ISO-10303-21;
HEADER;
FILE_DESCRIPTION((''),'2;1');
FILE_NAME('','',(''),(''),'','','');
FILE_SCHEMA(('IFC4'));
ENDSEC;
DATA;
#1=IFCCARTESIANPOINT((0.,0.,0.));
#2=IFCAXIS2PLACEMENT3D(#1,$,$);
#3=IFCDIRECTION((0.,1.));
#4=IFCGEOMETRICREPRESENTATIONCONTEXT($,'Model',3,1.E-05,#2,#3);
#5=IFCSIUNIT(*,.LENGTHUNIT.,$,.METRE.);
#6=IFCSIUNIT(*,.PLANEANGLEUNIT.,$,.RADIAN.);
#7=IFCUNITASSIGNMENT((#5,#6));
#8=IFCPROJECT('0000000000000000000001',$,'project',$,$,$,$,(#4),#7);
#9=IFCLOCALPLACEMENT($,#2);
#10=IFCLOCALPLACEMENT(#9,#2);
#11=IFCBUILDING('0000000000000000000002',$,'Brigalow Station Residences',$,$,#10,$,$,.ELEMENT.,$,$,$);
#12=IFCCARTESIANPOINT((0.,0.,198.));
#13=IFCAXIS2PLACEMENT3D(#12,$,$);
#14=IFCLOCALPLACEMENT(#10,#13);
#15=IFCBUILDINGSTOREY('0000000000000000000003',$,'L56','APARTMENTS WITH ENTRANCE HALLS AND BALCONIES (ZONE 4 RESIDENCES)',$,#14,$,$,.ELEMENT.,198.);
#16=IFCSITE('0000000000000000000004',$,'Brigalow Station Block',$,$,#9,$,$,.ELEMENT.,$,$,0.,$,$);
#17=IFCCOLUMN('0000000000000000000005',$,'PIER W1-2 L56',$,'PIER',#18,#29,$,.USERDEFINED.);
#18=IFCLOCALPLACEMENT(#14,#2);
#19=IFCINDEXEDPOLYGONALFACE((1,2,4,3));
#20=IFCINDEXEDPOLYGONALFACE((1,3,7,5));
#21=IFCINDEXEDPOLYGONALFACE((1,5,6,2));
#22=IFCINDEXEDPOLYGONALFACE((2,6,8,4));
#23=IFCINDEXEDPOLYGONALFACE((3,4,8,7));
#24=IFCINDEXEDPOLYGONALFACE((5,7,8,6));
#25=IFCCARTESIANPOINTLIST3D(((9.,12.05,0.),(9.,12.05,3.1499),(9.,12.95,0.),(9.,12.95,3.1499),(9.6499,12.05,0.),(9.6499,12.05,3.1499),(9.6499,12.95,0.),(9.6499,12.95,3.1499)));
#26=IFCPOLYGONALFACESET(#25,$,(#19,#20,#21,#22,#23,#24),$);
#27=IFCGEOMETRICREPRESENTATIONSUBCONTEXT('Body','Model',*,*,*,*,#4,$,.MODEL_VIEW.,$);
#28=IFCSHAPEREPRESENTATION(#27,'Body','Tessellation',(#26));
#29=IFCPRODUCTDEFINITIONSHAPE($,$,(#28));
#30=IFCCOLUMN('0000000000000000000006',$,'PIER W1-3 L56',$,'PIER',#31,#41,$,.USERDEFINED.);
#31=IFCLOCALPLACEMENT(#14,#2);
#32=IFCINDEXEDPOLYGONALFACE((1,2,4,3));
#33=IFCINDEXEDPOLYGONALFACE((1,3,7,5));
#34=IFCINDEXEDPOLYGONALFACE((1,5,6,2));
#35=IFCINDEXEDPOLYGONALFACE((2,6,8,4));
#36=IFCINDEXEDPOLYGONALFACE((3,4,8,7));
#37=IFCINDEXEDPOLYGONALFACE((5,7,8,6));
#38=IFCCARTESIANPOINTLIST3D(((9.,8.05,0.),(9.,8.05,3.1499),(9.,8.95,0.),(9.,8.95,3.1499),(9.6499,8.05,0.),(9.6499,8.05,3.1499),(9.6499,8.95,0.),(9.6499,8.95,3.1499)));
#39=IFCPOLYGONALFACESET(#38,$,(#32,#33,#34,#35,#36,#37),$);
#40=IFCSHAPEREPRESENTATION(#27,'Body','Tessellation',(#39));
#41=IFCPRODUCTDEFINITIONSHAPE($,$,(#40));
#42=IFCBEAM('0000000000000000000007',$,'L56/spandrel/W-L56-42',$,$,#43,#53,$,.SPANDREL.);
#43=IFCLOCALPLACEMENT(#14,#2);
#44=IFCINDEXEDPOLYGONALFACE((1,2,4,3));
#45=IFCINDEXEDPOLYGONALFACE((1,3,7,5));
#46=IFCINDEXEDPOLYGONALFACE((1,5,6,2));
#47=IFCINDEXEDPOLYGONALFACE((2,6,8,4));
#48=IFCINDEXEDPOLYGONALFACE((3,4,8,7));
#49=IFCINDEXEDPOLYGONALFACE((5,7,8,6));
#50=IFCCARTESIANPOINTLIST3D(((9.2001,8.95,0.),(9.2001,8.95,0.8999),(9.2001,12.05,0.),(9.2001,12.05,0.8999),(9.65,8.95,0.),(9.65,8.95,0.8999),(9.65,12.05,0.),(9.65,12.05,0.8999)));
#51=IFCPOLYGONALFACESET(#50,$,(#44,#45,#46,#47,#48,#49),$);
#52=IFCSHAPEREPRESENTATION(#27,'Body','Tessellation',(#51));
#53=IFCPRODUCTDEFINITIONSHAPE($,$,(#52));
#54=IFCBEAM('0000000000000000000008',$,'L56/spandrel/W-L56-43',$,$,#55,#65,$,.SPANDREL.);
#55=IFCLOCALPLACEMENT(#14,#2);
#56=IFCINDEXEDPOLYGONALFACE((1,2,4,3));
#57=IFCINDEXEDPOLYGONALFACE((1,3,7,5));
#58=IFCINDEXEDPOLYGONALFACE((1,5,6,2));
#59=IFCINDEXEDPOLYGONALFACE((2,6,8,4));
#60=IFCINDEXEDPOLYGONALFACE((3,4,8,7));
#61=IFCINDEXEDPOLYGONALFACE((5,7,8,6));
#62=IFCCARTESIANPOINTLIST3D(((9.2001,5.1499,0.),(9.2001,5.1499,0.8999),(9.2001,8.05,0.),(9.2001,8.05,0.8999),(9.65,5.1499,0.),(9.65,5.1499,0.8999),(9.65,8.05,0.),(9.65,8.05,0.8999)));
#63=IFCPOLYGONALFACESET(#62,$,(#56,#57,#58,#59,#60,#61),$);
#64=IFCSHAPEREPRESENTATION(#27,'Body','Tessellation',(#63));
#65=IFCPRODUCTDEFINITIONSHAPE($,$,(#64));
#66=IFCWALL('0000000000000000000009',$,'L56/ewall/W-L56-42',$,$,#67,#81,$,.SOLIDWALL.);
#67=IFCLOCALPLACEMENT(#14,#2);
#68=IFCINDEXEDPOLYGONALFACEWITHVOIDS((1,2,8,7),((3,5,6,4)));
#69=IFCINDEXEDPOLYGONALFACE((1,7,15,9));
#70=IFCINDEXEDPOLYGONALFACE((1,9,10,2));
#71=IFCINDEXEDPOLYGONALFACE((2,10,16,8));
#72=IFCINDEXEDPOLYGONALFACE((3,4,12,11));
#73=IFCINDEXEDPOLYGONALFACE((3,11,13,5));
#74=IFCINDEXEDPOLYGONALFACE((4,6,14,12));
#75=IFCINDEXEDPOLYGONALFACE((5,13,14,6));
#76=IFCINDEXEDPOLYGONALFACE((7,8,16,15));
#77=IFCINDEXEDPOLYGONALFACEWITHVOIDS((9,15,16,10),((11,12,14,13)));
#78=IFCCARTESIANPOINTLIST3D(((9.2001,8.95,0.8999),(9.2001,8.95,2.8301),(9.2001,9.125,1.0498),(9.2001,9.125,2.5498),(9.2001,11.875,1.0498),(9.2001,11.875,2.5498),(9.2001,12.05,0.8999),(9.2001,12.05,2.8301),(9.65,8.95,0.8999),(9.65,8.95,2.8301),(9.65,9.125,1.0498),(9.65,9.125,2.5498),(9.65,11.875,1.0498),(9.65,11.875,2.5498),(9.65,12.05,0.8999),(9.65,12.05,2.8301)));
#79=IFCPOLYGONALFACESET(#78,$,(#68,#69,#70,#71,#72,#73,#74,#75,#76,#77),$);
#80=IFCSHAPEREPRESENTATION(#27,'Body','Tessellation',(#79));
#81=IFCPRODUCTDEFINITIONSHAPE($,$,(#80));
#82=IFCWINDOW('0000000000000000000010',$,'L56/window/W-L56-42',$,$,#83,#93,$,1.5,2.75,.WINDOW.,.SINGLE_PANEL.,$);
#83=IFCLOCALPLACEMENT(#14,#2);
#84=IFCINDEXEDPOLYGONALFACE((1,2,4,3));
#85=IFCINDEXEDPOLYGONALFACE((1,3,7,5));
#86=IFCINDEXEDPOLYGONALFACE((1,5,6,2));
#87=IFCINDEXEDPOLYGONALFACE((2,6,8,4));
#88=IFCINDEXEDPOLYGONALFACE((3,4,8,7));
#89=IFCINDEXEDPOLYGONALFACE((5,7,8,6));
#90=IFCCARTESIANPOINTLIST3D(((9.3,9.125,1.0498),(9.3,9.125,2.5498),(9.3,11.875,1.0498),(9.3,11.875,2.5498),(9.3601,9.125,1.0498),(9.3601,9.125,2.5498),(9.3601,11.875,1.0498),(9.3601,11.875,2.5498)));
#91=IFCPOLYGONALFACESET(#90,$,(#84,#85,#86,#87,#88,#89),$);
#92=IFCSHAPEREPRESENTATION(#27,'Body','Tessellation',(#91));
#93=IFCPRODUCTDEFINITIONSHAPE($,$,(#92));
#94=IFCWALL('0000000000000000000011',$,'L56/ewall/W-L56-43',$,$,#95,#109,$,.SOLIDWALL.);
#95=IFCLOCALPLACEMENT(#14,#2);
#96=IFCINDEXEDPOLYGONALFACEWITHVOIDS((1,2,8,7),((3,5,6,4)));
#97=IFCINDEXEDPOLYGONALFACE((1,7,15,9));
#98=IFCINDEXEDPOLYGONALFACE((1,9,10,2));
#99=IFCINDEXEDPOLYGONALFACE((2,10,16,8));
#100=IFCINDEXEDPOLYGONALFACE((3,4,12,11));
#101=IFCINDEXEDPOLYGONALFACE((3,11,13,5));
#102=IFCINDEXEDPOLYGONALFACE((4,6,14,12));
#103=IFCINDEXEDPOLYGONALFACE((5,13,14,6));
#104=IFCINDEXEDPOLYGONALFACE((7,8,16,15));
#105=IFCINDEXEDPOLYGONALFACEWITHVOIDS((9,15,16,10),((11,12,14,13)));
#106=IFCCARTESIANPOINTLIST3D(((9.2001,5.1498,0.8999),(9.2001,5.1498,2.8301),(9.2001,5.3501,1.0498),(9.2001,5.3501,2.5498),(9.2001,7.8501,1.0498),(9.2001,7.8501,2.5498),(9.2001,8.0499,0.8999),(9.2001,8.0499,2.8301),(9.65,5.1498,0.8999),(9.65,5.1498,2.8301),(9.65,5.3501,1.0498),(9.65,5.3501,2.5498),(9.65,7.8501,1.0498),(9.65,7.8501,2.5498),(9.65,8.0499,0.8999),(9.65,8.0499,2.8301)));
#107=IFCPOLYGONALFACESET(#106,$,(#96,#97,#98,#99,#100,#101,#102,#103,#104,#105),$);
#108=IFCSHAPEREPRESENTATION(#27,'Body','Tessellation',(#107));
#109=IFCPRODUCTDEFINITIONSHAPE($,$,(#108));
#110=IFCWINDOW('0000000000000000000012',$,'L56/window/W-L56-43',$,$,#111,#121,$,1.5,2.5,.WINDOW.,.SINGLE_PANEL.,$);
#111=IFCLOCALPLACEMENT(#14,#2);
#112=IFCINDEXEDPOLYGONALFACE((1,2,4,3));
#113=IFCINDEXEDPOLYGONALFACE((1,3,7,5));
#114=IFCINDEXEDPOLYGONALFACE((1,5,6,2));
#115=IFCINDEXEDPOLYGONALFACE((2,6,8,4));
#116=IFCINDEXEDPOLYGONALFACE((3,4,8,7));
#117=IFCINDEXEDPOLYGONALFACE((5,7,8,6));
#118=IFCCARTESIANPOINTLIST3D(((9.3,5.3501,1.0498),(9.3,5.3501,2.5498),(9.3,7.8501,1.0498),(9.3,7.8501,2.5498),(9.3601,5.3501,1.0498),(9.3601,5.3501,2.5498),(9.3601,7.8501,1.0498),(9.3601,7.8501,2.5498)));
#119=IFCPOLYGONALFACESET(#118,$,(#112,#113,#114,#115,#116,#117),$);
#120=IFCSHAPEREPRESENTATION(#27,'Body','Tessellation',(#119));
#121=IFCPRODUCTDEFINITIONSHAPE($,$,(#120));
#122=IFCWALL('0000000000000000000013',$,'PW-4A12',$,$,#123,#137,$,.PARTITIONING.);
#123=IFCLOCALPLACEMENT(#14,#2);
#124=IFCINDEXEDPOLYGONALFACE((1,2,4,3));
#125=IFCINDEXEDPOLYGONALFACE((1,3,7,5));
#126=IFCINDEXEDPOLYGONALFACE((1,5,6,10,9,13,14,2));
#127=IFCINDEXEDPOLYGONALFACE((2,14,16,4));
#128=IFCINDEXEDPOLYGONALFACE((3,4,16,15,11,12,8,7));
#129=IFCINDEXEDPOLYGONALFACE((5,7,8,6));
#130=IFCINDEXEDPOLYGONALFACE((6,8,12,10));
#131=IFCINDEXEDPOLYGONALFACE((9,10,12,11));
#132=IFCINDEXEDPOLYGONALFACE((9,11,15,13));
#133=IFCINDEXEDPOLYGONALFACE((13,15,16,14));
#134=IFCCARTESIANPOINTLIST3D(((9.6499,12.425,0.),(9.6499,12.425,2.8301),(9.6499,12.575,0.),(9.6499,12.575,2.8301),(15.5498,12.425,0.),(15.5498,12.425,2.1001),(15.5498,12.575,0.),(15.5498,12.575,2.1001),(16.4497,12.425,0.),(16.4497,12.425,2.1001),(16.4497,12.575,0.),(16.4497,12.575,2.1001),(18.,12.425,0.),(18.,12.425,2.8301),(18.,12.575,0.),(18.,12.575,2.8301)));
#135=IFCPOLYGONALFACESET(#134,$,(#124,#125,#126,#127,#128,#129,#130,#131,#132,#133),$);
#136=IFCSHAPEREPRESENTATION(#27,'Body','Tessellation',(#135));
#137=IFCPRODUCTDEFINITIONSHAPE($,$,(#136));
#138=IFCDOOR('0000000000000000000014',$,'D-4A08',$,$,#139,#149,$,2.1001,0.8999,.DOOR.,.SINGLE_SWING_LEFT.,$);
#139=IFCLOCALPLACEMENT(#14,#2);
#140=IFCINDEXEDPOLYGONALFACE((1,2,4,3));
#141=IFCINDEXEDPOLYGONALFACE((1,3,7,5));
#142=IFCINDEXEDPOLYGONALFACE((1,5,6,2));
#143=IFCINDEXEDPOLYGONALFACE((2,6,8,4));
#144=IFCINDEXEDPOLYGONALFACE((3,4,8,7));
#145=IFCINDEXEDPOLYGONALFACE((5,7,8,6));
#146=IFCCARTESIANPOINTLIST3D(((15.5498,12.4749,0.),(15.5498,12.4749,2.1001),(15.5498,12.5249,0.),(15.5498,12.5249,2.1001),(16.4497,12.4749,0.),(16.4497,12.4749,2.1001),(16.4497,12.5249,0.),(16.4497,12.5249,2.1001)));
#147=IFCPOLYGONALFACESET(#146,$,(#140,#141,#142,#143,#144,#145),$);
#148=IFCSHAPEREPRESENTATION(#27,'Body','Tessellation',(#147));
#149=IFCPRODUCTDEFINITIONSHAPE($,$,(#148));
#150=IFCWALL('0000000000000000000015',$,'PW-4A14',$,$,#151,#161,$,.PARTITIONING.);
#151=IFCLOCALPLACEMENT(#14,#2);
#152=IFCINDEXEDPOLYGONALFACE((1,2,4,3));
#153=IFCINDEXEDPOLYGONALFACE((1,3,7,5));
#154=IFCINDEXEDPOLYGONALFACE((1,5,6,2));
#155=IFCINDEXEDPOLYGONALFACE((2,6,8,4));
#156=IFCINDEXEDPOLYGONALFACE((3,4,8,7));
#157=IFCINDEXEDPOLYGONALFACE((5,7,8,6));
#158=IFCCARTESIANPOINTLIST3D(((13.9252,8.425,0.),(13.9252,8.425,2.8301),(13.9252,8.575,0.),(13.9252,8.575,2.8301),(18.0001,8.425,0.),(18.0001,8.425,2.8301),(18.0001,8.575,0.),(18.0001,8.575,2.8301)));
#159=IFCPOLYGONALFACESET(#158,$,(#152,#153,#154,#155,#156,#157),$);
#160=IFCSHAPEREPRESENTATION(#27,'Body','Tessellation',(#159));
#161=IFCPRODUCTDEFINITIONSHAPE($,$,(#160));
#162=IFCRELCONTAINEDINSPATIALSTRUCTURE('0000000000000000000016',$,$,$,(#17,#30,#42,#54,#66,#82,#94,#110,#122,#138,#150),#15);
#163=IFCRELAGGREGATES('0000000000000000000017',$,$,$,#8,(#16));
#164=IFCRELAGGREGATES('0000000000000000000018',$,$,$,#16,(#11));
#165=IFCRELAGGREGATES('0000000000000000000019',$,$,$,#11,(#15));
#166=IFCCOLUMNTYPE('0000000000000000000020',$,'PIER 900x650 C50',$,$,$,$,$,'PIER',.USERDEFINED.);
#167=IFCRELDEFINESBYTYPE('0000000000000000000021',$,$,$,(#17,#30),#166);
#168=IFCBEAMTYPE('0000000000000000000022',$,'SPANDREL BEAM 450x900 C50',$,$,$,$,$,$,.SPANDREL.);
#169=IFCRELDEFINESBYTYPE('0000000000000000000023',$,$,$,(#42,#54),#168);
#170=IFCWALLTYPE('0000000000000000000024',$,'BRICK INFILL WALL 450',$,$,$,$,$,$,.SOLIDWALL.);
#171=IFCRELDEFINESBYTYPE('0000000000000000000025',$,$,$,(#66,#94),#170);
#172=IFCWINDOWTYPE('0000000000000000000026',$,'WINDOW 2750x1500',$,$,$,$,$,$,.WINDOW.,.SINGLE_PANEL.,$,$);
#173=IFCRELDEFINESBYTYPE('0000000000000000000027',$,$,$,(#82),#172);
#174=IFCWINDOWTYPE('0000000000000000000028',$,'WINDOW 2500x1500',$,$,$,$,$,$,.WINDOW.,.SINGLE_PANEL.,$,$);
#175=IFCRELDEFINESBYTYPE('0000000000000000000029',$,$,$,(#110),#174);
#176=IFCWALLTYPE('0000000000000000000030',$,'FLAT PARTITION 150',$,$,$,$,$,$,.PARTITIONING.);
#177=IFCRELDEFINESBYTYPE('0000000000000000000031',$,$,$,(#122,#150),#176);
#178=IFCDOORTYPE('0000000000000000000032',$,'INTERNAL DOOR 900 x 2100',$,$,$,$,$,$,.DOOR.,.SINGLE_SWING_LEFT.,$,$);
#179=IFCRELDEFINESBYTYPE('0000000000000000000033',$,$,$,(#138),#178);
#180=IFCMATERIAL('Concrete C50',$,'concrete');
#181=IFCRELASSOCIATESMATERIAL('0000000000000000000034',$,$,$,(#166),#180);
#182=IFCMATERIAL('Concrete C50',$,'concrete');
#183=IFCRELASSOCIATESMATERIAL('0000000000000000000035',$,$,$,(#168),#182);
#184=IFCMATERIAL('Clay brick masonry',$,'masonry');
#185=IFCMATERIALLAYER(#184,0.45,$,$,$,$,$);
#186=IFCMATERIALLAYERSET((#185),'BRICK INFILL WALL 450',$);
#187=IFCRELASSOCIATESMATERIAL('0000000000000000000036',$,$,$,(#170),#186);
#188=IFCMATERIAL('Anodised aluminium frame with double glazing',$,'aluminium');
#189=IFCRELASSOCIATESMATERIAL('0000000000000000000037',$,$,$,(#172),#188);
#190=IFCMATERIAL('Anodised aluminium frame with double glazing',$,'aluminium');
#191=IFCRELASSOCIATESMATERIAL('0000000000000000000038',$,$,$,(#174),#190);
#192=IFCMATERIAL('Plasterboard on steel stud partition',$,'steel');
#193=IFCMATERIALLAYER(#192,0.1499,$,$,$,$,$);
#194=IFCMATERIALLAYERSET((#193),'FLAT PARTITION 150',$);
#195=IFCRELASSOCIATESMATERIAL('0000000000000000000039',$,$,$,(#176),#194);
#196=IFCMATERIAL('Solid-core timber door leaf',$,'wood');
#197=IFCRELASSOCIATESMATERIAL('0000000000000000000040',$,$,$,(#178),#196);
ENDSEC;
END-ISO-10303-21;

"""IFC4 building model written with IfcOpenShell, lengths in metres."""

from ifc_helpers import new_model, si_unit, direction, frame, frame_2d, origin, origin_2d, place, context, subcontext, project, spatial, rectangle, extrude, material, layer, layer_set, material_profile, profile_set, type_object, element, fill, save


model = new_model("IFC4")

# Units and contexts
model_context = context("Model", 3, precision=1e-05, world=origin(), true_north=direction((0.0, 1.0)))
body_context = subcontext(model_context, "Body", "Model", "MODEL_VIEW")
ifc_project = project(units=[si_unit("LENGTHUNIT", "METRE"), si_unit("PLANEANGLEUNIT", "RADIAN")], contexts=[model_context])

# Site, building, storey
site_placement = place(None, origin())
site = spatial("IfcSite", under=ifc_project, at=site_placement, Name="Brigalow Station Block", CompositionType="ELEMENT", RefElevation=0.0)
building_placement = place(site_placement, origin())
building = spatial("IfcBuilding", under=site, at=building_placement, Name="Brigalow Station Residences", CompositionType="ELEMENT")
storey_placement = place(building_placement, frame((0.0, 0.0, 198.0)))
storey = spatial("IfcBuildingStorey", under=building, at=storey_placement, Name="L56", Description="APARTMENTS WITH ENTRANCE HALLS AND BALCONIES (ZONE 4 RESIDENCES)", CompositionType="ELEMENT", Elevation=198.0)

# Columns
ifc_material_1 = material(Name="Concrete C50", Category="concrete")
ifc_material_profile_1 = material_profile(ifc_material_1, rectangle(XDim=0.8999, YDim=0.6499, at=origin_2d()), Name="RC900x650")
ifc_profile_set_1 = profile_set([ifc_material_profile_1], Name="Concrete C50")
column_type = type_object("IfcColumnType", Name="PIER 900x650 C50", ElementType="PIER", PredefinedType="USERDEFINED", material=ifc_profile_set_1)
for number, where, z_axis, x_axis, name in (
    (1, (9.325, 12.5, 0.0), (0.0, 0.0, 1.0), (0.0, -1.0, 0.0), "PIER W1-2 L56"),
    (2, (9.325, 8.5, 0.0), (0.0, 0.0, 1.0), (0.0, -1.0, 0.0), "PIER W1-3 L56"),
):
    element("IfcColumn", number, at=place(storey_placement, frame(where, z_axis=z_axis, x_axis=x_axis)), inside=storey, type_object=column_type, Name=name, ObjectType="PIER", PredefinedType="USERDEFINED", context=body_context, shape_type="SweptSolid", body=[
        extrude(rectangle(XDim=0.8999, YDim=0.6499, at=origin_2d()), origin(), (0.0, 0.0, 1.0), 3.1499),
    ])

# Beams
ifc_material_2 = material(Name="Concrete C50", Category="concrete")
ifc_material_profile_2 = material_profile(ifc_material_2, rectangle(XDim=0.45, YDim=0.8999, at=origin_2d()), Name="RC450x900")
ifc_profile_set_2 = profile_set([ifc_material_profile_2], Name="Concrete C50")
beam_type = type_object("IfcBeamType", Name="SPANDREL BEAM 450x900 C50", PredefinedType="SPANDREL", material=ifc_profile_set_2)
beam_1_placement = place(storey_placement, frame((9.425, 12.05, 0.45), z_axis=(0.0, -1.0, 0.0), x_axis=(1.0, 0.0, 0.0)))
element("IfcBeam", 3, at=beam_1_placement, inside=storey, type_object=beam_type, Name="L56/spandrel/W-L56-42", PredefinedType="SPANDREL", context=body_context, shape_type="SweptSolid", body=[
    extrude(rectangle(XDim=0.45, YDim=0.8999, at=origin_2d()), origin(), (0.0, 0.0, 1.0), 3.1001),
])
beam_2_placement = place(storey_placement, frame((9.425, 8.05, 0.45), z_axis=(0.0, -1.0, 0.0), x_axis=(1.0, 0.0, 0.0)))
element("IfcBeam", 4, at=beam_2_placement, inside=storey, type_object=beam_type, Name="L56/spandrel/W-L56-43", PredefinedType="SPANDREL", context=body_context, shape_type="SweptSolid", body=[
    extrude(rectangle(XDim=0.45, YDim=0.8999, at=origin_2d()), origin(), (0.0, 0.0, 1.0), 2.9001),
])

# Walls, openings, windows
ifc_material_3 = material(Name="Clay brick masonry", Category="masonry")
ifc_layer_1 = layer(ifc_material_3, 0.45)
ifc_layer_set_1 = layer_set([ifc_layer_1], Name="BRICK INFILL WALL 450")
wall_type_1 = type_object("IfcWallType", Name="BRICK INFILL WALL 450", PredefinedType="SOLIDWALL", material=ifc_layer_set_1)
wall_1_placement = place(storey_placement, frame((9.425, 12.05, 0.8999), z_axis=(0.0, 0.0, 1.0), x_axis=(0.0, -1.0, 0.0)))
wall_1 = element("IfcWall", 5, at=wall_1_placement, inside=storey, type_object=wall_type_1, Name="L56/ewall/W-L56-42", PredefinedType="SOLIDWALL", context=body_context, shape_type="SweptSolid", body=[
    extrude(rectangle(XDim=3.1001, YDim=0.45, at=frame_2d((1.55, 0.0))), origin(), (0.0, 0.0, 1.0), 1.9302),
])
opening_1_placement = place(wall_1_placement, frame((0.175, 0.0, 0.1499)))
opening_1 = element("IfcOpeningElement", 6, at=opening_1_placement, cuts=wall_1, PredefinedType="OPENING", context=body_context, shape_type="SweptSolid", body=[
    extrude(rectangle(XDim=2.75, YDim=1.5, at=frame_2d((1.375, 0.75))), frame((0.0, 0.2349, 0.0), z_axis=(0.0, -1.0, 0.0), x_axis=(1.0, 0.0, 0.0)), (0.0, 0.0, 1.0), 0.47),
])
ifc_material_4 = material(Name="Anodised aluminium frame with double glazing", Category="aluminium")
window_type_1 = type_object("IfcWindowType", Name="WINDOW 2750x1500", PartitioningType="SINGLE_PANEL", PredefinedType="WINDOW", material=ifc_material_4)
window_1_placement = place(opening_1_placement, origin())
window_1 = element("IfcWindow", 7, at=window_1_placement, inside=storey, type_object=window_type_1, Name="L56/window/W-L56-42", OverallHeight=1.5, OverallWidth=2.75, PartitioningType="SINGLE_PANEL", PredefinedType="WINDOW", context=body_context, shape_type="SweptSolid", body=[
    extrude(rectangle(XDim=2.75, YDim=1.5, at=frame_2d((1.375, 0.75))), frame((0.0, -0.0649, 0.0), z_axis=(0.0, -1.0, 0.0), x_axis=(1.0, 0.0, 0.0)), (0.0, 0.0, 1.0), 0.0601),
])
fill(opening_1, window_1)
wall_2_placement = place(storey_placement, frame((9.425, 8.05, 0.8999), z_axis=(0.0, 0.0, 1.0), x_axis=(0.0, -1.0, 0.0)))
wall_2 = element("IfcWall", 8, at=wall_2_placement, inside=storey, type_object=wall_type_1, Name="L56/ewall/W-L56-43", PredefinedType="SOLIDWALL", context=body_context, shape_type="SweptSolid", body=[
    extrude(rectangle(XDim=2.9001, YDim=0.45, at=frame_2d((1.4502, 0.0))), origin(), (0.0, 0.0, 1.0), 1.9302),
])
opening_2_placement = place(wall_2_placement, frame((0.2, 0.0, 0.1499)))
opening_2 = element("IfcOpeningElement", 9, at=opening_2_placement, cuts=wall_2, PredefinedType="OPENING", context=body_context, shape_type="SweptSolid", body=[
    extrude(rectangle(XDim=2.5, YDim=1.5, at=frame_2d((1.25, 0.75))), frame((0.0, 0.2349, 0.0), z_axis=(0.0, -1.0, 0.0), x_axis=(1.0, 0.0, 0.0)), (0.0, 0.0, 1.0), 0.47),
])
ifc_material_5 = material(Name="Anodised aluminium frame with double glazing", Category="aluminium")
window_type_2 = type_object("IfcWindowType", Name="WINDOW 2500x1500", PartitioningType="SINGLE_PANEL", PredefinedType="WINDOW", material=ifc_material_5)
window_2_placement = place(opening_2_placement, origin())
window_2 = element("IfcWindow", 10, at=window_2_placement, inside=storey, type_object=window_type_2, Name="L56/window/W-L56-43", OverallHeight=1.5, OverallWidth=2.5, PartitioningType="SINGLE_PANEL", PredefinedType="WINDOW", context=body_context, shape_type="SweptSolid", body=[
    extrude(rectangle(XDim=2.5, YDim=1.5, at=frame_2d((1.25, 0.75))), frame((0.0, -0.0649, 0.0), z_axis=(0.0, -1.0, 0.0), x_axis=(1.0, 0.0, 0.0)), (0.0, 0.0, 1.0), 0.0601),
])
fill(opening_2, window_2)

# Wall, opening, door
ifc_material_6 = material(Name="Plasterboard on steel stud partition", Category="steel")
ifc_layer_2 = layer(ifc_material_6, 0.1499)
ifc_layer_set_2 = layer_set([ifc_layer_2], Name="FLAT PARTITION 150")
wall_type_2 = type_object("IfcWallType", Name="FLAT PARTITION 150", PredefinedType="PARTITIONING", material=ifc_layer_set_2)
wall_3_placement = place(storey_placement, frame((9.6499, 12.5, 0.0), z_axis=(0.0, 0.0, 1.0), x_axis=(1.0, 0.0, 0.0)))
wall_3 = element("IfcWall", 11, at=wall_3_placement, inside=storey, type_object=wall_type_2, Name="PW-4A12", PredefinedType="PARTITIONING", context=body_context, shape_type="SweptSolid", body=[
    extrude(rectangle(XDim=8.3501, YDim=0.1499, at=frame_2d((4.175, 0.0))), origin(), (0.0, 0.0, 1.0), 2.8301),
])
opening_3_placement = place(wall_3_placement, frame((5.8999, 0.0, 0.0)))
opening_3 = element("IfcOpeningElement", 12, at=opening_3_placement, cuts=wall_3, PredefinedType="OPENING", context=body_context, shape_type="SweptSolid", body=[
    extrude(rectangle(XDim=0.8999, YDim=2.1001, at=frame_2d((0.45, 1.05))), frame((0.0, 0.085, 0.0), z_axis=(0.0, -1.0, 0.0), x_axis=(1.0, 0.0, 0.0)), (0.0, 0.0, 1.0), 0.1699),
])
ifc_material_7 = material(Name="Solid-core timber door leaf", Category="wood")
door_type = type_object("IfcDoorType", Name="INTERNAL DOOR 900 x 2100", OperationType="SINGLE_SWING_LEFT", PredefinedType="DOOR", material=ifc_material_7)
door_1_placement = place(opening_3_placement, origin())
door_1 = element("IfcDoor", 13, at=door_1_placement, inside=storey, type_object=door_type, Name="D-4A08", OperationType="SINGLE_SWING_LEFT", OverallHeight=2.1001, OverallWidth=0.8999, PredefinedType="DOOR", context=body_context, shape_type="SweptSolid", body=[
    extrude(rectangle(XDim=0.8999, YDim=2.1001, at=frame_2d((0.45, 1.05))), frame((0.0, 0.0249, 0.0), z_axis=(0.0, -1.0, 0.0), x_axis=(1.0, 0.0, 0.0)), (0.0, 0.0, 1.0), 0.05),
])
fill(opening_3, door_1)

# Wall
wall_4_placement = place(storey_placement, frame((13.925, 8.5, 0.0), z_axis=(0.0, 0.0, 1.0), x_axis=(1.0, 0.0, 0.0)))
element("IfcWall", 14, at=wall_4_placement, inside=storey, type_object=wall_type_2, Name="PW-4A14", PredefinedType="PARTITIONING", context=body_context, shape_type="SweptSolid", body=[
    extrude(rectangle(XDim=4.075, YDim=0.1499, at=frame_2d((2.0376, 0.0))), origin(), (0.0, 0.0, 1.0), 2.8301),
])

save(model, "model.ifc")
